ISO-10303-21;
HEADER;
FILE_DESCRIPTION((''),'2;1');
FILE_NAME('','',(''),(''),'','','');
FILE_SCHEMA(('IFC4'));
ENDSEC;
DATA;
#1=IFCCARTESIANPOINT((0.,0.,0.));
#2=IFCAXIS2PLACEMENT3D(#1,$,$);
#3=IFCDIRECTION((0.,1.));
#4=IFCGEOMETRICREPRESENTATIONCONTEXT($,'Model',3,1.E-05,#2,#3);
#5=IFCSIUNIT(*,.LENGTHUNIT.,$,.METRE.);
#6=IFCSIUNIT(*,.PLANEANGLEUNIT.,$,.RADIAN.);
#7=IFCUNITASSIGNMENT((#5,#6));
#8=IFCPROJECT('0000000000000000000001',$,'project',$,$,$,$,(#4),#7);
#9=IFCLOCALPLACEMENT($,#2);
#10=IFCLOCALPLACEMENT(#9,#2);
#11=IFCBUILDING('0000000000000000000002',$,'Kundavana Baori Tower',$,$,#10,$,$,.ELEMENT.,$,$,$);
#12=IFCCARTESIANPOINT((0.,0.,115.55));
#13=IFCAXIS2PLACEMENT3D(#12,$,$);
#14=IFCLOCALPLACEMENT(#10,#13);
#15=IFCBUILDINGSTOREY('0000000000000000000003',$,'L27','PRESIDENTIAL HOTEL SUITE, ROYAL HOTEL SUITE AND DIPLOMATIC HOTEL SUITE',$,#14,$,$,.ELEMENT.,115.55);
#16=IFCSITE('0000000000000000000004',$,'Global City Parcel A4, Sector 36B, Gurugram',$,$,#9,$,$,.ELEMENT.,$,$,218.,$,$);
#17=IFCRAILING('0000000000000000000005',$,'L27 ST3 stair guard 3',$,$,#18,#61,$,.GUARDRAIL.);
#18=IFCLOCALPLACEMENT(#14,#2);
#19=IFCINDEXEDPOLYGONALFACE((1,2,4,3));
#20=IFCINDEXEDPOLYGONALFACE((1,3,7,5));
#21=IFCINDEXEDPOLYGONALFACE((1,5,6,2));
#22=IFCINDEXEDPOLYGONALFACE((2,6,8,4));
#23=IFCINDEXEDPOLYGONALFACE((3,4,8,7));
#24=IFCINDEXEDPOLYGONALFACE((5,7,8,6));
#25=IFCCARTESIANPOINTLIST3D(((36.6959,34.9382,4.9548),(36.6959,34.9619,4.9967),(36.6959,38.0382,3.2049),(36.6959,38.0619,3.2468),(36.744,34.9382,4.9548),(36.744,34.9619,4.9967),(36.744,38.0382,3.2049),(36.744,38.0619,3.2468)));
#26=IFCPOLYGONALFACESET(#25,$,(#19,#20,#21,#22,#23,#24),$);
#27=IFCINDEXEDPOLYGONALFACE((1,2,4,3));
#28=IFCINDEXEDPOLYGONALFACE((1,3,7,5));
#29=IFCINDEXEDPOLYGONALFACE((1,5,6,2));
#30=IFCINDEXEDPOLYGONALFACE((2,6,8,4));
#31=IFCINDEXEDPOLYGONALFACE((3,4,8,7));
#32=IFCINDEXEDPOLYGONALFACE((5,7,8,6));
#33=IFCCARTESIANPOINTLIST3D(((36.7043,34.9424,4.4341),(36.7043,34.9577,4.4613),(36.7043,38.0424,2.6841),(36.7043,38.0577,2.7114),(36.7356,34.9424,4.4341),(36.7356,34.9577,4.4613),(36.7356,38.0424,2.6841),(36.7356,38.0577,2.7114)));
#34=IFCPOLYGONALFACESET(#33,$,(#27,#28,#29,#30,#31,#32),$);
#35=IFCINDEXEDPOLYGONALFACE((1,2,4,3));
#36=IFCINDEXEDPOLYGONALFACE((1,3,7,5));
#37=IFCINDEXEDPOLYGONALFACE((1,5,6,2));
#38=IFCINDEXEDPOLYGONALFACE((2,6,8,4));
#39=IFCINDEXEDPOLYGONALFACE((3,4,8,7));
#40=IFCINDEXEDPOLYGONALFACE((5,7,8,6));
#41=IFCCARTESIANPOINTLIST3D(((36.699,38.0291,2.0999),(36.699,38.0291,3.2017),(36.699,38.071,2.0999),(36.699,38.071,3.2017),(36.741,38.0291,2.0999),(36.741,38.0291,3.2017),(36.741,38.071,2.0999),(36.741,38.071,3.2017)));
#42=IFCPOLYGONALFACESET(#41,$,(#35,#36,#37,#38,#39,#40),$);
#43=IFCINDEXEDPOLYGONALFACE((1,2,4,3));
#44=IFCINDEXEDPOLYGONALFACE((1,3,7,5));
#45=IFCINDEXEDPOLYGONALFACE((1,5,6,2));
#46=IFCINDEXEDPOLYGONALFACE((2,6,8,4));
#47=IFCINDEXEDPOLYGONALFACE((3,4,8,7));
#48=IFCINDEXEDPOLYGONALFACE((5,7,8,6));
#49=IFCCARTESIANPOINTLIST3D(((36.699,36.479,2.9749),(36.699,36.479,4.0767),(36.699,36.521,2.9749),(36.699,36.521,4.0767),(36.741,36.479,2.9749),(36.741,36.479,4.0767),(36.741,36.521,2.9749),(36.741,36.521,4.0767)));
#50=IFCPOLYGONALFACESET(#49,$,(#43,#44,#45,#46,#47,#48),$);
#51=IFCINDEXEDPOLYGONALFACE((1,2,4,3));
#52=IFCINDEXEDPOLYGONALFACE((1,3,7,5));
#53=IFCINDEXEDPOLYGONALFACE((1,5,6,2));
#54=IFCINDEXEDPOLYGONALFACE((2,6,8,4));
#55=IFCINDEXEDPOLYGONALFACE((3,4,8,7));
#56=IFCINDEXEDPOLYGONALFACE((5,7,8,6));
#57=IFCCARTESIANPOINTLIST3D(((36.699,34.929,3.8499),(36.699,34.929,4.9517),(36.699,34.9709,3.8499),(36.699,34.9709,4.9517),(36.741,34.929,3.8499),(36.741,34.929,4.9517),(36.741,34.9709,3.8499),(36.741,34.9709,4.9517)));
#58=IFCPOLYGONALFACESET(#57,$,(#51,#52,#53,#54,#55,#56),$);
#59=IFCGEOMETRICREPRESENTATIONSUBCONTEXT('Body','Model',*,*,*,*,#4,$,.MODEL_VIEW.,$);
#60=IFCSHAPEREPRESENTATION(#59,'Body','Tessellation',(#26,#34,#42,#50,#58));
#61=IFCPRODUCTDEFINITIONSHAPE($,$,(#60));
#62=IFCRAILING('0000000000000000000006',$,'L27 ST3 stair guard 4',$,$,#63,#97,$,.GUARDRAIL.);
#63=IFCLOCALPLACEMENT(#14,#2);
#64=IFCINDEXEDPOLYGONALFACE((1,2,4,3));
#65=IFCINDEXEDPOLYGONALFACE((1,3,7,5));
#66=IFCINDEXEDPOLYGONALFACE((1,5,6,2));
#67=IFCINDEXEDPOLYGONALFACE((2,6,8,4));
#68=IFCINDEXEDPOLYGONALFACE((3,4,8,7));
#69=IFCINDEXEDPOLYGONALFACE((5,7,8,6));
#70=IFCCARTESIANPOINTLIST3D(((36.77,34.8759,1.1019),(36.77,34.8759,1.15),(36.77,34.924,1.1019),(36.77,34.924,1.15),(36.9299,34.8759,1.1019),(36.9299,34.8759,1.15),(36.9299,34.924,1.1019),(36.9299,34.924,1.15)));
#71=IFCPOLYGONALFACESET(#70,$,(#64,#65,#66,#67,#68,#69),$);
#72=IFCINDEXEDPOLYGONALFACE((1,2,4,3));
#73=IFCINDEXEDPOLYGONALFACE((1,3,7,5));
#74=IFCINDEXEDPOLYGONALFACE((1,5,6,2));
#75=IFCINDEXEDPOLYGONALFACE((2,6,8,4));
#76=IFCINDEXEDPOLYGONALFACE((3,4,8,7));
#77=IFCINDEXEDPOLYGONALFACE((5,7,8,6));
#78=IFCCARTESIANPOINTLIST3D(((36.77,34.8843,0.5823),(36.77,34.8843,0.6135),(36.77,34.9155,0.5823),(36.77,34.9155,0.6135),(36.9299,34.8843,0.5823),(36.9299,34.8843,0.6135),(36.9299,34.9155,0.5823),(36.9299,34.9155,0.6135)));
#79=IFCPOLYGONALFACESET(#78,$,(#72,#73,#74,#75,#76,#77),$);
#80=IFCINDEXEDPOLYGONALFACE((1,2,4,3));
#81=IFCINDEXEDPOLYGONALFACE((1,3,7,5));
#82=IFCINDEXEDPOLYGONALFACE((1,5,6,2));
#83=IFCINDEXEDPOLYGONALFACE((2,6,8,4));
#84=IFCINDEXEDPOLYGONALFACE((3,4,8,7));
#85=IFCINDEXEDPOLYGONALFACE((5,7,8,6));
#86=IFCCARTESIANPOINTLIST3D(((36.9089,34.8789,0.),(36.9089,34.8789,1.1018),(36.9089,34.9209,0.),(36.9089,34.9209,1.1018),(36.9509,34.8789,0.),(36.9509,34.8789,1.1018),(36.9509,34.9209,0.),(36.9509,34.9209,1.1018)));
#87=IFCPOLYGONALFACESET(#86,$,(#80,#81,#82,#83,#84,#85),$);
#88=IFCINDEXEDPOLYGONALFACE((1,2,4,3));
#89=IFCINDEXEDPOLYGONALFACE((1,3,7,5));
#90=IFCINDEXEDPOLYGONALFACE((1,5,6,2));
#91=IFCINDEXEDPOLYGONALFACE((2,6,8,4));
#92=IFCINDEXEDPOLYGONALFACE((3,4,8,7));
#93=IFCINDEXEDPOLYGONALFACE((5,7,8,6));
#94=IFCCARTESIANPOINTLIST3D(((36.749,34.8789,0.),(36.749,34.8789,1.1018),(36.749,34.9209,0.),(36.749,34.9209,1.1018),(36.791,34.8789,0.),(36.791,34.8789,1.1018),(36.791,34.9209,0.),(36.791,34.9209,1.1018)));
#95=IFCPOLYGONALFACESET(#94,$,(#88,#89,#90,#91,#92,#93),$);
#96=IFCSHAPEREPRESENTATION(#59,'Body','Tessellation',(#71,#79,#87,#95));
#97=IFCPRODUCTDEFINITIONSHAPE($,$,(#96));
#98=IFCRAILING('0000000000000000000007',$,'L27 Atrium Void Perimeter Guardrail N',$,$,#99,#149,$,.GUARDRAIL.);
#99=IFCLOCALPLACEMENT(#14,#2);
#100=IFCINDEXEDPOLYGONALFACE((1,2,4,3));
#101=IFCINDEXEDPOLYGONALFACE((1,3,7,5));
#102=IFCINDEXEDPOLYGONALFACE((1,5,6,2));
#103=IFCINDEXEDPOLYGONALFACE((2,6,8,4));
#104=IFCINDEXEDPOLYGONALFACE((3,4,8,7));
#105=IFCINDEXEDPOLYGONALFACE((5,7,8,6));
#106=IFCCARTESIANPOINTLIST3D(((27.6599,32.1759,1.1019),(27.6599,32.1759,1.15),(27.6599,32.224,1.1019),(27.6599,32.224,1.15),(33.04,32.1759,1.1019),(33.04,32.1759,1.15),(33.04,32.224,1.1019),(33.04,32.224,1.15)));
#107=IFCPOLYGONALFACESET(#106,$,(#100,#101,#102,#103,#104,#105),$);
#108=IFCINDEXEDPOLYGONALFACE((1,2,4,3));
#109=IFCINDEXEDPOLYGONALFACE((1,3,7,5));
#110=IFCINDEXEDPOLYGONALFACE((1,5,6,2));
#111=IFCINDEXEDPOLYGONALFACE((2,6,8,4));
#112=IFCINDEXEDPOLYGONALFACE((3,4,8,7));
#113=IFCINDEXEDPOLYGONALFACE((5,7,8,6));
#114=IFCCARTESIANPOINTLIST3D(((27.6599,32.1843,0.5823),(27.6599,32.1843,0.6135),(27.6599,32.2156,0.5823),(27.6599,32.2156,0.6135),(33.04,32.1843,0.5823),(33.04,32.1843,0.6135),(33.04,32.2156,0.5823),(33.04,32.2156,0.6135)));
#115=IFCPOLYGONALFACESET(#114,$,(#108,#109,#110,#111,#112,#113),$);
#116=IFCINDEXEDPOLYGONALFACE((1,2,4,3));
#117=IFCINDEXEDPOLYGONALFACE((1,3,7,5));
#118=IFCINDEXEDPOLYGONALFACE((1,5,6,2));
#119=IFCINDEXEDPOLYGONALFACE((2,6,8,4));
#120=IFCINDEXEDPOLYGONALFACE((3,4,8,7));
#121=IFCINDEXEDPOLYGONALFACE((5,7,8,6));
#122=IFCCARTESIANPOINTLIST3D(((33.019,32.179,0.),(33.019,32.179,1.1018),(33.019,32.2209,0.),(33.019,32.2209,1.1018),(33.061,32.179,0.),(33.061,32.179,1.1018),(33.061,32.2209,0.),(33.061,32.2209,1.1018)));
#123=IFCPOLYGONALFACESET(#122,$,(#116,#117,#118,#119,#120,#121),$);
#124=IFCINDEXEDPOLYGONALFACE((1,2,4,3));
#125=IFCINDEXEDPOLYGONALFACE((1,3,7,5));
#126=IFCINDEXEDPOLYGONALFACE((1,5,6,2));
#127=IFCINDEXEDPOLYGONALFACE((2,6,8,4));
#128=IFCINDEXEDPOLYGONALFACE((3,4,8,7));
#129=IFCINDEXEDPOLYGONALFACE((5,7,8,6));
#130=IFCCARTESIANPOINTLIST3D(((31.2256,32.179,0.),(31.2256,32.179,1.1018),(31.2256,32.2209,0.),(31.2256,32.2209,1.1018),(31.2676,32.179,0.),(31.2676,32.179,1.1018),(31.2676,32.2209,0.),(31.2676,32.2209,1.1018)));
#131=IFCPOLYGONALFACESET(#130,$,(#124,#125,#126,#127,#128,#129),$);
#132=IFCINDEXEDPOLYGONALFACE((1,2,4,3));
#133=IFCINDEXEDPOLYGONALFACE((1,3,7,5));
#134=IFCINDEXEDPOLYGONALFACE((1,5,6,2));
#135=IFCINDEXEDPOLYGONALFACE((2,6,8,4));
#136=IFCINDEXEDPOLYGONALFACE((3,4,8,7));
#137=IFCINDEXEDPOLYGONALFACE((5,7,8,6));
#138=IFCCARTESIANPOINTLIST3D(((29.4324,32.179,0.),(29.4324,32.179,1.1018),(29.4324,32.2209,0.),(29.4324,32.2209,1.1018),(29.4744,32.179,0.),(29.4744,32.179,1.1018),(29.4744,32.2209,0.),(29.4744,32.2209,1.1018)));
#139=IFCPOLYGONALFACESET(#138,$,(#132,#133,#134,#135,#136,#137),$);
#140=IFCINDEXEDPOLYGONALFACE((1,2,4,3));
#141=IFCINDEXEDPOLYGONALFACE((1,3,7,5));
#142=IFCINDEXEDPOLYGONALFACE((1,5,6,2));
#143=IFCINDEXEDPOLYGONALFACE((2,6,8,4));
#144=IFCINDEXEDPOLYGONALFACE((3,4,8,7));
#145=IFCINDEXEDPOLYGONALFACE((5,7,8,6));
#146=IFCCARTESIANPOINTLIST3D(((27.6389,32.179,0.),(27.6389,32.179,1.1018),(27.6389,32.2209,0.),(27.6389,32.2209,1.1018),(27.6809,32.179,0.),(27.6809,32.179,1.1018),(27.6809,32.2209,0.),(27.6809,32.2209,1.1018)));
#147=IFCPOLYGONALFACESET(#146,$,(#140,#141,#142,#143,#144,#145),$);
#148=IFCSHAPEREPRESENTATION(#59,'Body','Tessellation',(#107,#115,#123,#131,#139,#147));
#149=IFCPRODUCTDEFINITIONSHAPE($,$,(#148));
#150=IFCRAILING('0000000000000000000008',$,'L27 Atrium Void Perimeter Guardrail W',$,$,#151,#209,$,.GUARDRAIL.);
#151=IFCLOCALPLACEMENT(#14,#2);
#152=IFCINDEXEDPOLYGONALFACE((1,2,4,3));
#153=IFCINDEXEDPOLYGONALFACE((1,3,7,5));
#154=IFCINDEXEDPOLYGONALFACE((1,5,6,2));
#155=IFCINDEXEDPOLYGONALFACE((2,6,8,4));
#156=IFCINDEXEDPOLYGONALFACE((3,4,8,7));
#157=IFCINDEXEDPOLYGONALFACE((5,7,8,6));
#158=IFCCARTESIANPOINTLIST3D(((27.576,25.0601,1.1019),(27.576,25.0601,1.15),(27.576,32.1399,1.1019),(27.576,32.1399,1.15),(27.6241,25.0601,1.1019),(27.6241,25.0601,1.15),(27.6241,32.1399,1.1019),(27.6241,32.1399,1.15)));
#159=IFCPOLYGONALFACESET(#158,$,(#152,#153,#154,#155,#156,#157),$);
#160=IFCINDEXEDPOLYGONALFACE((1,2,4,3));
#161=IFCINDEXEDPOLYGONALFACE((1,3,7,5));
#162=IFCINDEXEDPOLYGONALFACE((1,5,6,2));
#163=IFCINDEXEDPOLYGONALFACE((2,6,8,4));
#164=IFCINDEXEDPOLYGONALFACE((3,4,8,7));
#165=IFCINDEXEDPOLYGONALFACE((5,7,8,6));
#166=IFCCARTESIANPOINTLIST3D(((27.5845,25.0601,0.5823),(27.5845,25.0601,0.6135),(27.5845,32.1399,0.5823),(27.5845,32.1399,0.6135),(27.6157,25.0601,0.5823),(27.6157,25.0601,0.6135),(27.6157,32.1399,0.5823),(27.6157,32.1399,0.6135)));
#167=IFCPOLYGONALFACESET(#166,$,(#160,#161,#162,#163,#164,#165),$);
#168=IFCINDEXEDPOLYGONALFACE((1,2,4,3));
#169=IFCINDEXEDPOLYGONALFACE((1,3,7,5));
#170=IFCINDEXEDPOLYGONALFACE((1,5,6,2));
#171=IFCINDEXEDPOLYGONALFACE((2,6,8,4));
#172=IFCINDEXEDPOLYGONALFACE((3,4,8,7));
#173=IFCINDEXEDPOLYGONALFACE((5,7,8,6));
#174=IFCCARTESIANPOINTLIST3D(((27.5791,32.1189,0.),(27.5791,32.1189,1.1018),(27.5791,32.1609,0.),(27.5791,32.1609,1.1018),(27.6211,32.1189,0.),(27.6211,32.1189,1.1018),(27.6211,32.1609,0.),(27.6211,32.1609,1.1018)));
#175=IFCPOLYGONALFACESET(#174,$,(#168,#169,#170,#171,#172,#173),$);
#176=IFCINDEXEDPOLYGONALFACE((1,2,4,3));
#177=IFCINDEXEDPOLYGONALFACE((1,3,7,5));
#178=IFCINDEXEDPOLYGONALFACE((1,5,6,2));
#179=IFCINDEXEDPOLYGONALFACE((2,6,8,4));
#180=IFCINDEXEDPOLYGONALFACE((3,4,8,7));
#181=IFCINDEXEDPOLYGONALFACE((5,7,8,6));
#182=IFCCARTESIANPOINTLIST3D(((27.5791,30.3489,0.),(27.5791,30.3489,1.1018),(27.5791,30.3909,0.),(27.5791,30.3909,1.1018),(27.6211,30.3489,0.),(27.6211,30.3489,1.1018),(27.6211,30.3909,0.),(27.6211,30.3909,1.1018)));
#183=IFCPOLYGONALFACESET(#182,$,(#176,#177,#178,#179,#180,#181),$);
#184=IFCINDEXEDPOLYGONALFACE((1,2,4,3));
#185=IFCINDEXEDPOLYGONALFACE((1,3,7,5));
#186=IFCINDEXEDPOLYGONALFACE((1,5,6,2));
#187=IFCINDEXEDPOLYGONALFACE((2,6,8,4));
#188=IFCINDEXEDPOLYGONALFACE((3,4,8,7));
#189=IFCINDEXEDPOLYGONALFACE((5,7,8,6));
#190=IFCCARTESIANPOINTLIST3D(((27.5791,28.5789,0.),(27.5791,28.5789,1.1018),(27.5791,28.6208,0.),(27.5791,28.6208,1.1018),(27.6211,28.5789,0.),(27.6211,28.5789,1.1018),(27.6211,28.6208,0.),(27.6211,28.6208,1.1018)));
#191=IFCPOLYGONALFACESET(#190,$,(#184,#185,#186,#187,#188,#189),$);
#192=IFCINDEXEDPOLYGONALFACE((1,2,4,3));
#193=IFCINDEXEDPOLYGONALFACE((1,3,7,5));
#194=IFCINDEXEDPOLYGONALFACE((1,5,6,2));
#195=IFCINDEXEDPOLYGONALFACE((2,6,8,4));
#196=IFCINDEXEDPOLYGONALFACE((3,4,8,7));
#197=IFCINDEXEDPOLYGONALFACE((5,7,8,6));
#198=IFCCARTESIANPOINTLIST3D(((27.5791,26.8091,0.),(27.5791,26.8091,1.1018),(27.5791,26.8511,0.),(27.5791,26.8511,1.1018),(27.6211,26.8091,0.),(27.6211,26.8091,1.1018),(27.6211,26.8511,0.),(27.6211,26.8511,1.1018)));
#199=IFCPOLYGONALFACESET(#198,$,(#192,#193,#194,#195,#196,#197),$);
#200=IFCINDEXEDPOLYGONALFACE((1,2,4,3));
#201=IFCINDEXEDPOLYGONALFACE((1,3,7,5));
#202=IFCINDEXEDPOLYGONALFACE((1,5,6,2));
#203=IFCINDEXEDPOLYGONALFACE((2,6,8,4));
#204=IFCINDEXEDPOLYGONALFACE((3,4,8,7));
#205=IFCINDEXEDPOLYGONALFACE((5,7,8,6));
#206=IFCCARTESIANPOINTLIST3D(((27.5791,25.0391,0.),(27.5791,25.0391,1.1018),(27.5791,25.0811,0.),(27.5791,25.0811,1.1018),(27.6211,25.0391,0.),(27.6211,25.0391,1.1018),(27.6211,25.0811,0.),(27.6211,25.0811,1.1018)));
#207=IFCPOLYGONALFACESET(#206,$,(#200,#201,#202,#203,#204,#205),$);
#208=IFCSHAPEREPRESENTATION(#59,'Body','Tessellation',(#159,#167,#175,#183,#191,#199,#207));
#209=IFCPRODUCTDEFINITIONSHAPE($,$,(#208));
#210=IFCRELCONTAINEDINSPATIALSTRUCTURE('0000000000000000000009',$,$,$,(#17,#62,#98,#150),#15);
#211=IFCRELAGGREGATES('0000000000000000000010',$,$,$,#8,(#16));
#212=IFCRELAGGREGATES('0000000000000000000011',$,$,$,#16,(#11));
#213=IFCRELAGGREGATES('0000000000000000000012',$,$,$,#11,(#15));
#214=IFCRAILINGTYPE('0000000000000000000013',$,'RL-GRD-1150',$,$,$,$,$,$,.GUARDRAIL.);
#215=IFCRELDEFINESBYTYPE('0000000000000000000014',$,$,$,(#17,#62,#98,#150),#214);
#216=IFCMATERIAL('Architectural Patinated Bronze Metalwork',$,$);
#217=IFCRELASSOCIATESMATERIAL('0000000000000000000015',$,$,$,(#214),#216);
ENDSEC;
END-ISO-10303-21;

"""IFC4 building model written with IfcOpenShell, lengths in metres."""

from ifc_helpers import new_model, si_unit, direction, frame, origin, origin_2d, place, context, subcontext, project, spatial, rectangle, extrude, material, type_object, element, save


model = new_model("IFC4")

# Units and contexts
model_context = context("Model", 3, precision=1e-05, world=origin(), true_north=direction((0.0, 1.0)))
body_context = subcontext(model_context, "Body", "Model", "MODEL_VIEW")
ifc_project = project(units=[si_unit("LENGTHUNIT", "METRE"), si_unit("PLANEANGLEUNIT", "RADIAN")], contexts=[model_context])

# Site, building, storey
site_placement = place(None, origin())
site = spatial("IfcSite", under=ifc_project, at=site_placement, Name="Global City Parcel A4, Sector 36B, Gurugram", CompositionType="ELEMENT", RefElevation=218.0)
building_placement = place(site_placement, origin())
building = spatial("IfcBuilding", under=site, at=building_placement, Name="Kundavana Baori Tower", CompositionType="ELEMENT")
storey_placement = place(building_placement, frame((0.0, 0.0, 115.55)))
storey = spatial("IfcBuildingStorey", under=building, at=storey_placement, Name="L27", Description="PRESIDENTIAL HOTEL SUITE, ROYAL HOTEL SUITE AND DIPLOMATIC HOTEL SUITE", CompositionType="ELEMENT", Elevation=115.55)

# Railings
ifc_material_1 = material(Name="Architectural Patinated Bronze Metalwork")
railing_type_1 = type_object("IfcRailingType", Name="RL-GRD-1150", PredefinedType="GUARDRAIL", material=ifc_material_1)
railing_1_placement = place(storey_placement, frame((36.72, 38.05, 2.0999)))
element("IfcRailing", 1, at=railing_1_placement, inside=storey, type_object=railing_type_1, Name="L27 ST3 stair guard 3", PredefinedType="GUARDRAIL", context=body_context, shape_type="SweptSolid", body=[
    extrude(rectangle(XDim=0.0481, YDim=0.0481, at=origin_2d()), frame((0.0, 0.0, 1.126), z_axis=(0.0, -0.870831, 0.491583), x_axis=(1.0, 0.0, 0.0)), (0.0, 0.0, 1.0), 3.5598),
    extrude(rectangle(XDim=0.0312, YDim=0.0312, at=origin_2d()), frame((0.0, 0.0, 0.5979), z_axis=(0.0, -0.870831, 0.491583), x_axis=(1.0, 0.0, 0.0)), (0.0, 0.0, 1.0), 3.5598),
    extrude(rectangle(XDim=0.042, YDim=0.042, at=origin_2d()), origin(), (0.0, 0.0, 1.0), 1.1018),
    extrude(rectangle(XDim=0.042, YDim=0.042, at=origin_2d()), frame((0.0, -1.55, 0.875)), (0.0, 0.0, 1.0), 1.1018),
    extrude(rectangle(XDim=0.042, YDim=0.042, at=origin_2d()), frame((0.0, -3.1001, 1.75)), (0.0, 0.0, 1.0), 1.1018),
])
railing_2_placement = place(storey_placement, frame((36.9299, 34.8999, 0.0)))
element("IfcRailing", 2, at=railing_2_placement, inside=storey, type_object=railing_type_1, Name="L27 ST3 stair guard 4", PredefinedType="GUARDRAIL", context=body_context, shape_type="SweptSolid", body=[
    extrude(rectangle(XDim=0.0481, YDim=0.0481, at=origin_2d()), frame((0.0, 0.0, 1.126), z_axis=(-1.0, 0.0, 0.0), x_axis=(0.0, -1.0, 0.0)), (0.0, 0.0, 1.0), 0.1599),
    extrude(rectangle(XDim=0.0312, YDim=0.0312, at=origin_2d()), frame((0.0, 0.0, 0.5979), z_axis=(-1.0, 0.0, 0.0), x_axis=(0.0, -1.0, 0.0)), (0.0, 0.0, 1.0), 0.1599),
    extrude(rectangle(XDim=0.042, YDim=0.042, at=origin_2d()), origin(), (0.0, 0.0, 1.0), 1.1018),
    extrude(rectangle(XDim=0.042, YDim=0.042, at=origin_2d()), frame((-0.1599, 0.0, 0.0)), (0.0, 0.0, 1.0), 1.1018),
])
railing_3_placement = place(storey_placement, frame((33.04, 32.2, 0.0)))
element("IfcRailing", 3, at=railing_3_placement, inside=storey, type_object=railing_type_1, Name="L27 Atrium Void Perimeter Guardrail N", PredefinedType="GUARDRAIL", context=body_context, shape_type="SweptSolid", body=[
    extrude(rectangle(XDim=0.0481, YDim=0.0481, at=origin_2d()), frame((0.0, 0.0, 1.126), z_axis=(-1.0, 0.0, 0.0), x_axis=(0.0, -1.0, 0.0)), (0.0, 0.0, 1.0), 5.3801),
    extrude(rectangle(XDim=0.0312, YDim=0.0312, at=origin_2d()), frame((0.0, 0.0, 0.5979), z_axis=(-1.0, 0.0, 0.0), x_axis=(0.0, -1.0, 0.0)), (0.0, 0.0, 1.0), 5.3801),
    extrude(rectangle(XDim=0.042, YDim=0.042, at=origin_2d()), origin(), (0.0, 0.0, 1.0), 1.1018),
    extrude(rectangle(XDim=0.042, YDim=0.042, at=origin_2d()), frame((-1.7935, 0.0, 0.0)), (0.0, 0.0, 1.0), 1.1018),
    extrude(rectangle(XDim=0.042, YDim=0.042, at=origin_2d()), frame((-3.5867, 0.0, 0.0)), (0.0, 0.0, 1.0), 1.1018),
    extrude(rectangle(XDim=0.042, YDim=0.042, at=origin_2d()), frame((-5.3801, 0.0, 0.0)), (0.0, 0.0, 1.0), 1.1018),
])
railing_4_placement = place(storey_placement, frame((27.6001, 32.1399, 0.0)))
element("IfcRailing", 4, at=railing_4_placement, inside=storey, type_object=railing_type_1, Name="L27 Atrium Void Perimeter Guardrail W", PredefinedType="GUARDRAIL", context=body_context, shape_type="SweptSolid", body=[
    extrude(rectangle(XDim=0.0481, YDim=0.0481, at=origin_2d()), frame((0.0, 0.0, 1.126), z_axis=(0.0, -1.0, 0.0), x_axis=(1.0, 0.0, 0.0)), (0.0, 0.0, 1.0), 7.0798),
    extrude(rectangle(XDim=0.0312, YDim=0.0312, at=origin_2d()), frame((0.0, 0.0, 0.5979), z_axis=(0.0, -1.0, 0.0), x_axis=(1.0, 0.0, 0.0)), (0.0, 0.0, 1.0), 7.0798),
    extrude(rectangle(XDim=0.042, YDim=0.042, at=origin_2d()), origin(), (0.0, 0.0, 1.0), 1.1018),
    extrude(rectangle(XDim=0.042, YDim=0.042, at=origin_2d()), frame((0.0, -1.77, 0.0)), (0.0, 0.0, 1.0), 1.1018),
    extrude(rectangle(XDim=0.042, YDim=0.042, at=origin_2d()), frame((0.0, -3.54, 0.0)), (0.0, 0.0, 1.0), 1.1018),
    extrude(rectangle(XDim=0.042, YDim=0.042, at=origin_2d()), frame((0.0, -5.3098, 0.0)), (0.0, 0.0, 1.0), 1.1018),
    extrude(rectangle(XDim=0.042, YDim=0.042, at=origin_2d()), frame((0.0, -7.0798, 0.0)), (0.0, 0.0, 1.0), 1.1018),
])

save(model, "model.ifc")
